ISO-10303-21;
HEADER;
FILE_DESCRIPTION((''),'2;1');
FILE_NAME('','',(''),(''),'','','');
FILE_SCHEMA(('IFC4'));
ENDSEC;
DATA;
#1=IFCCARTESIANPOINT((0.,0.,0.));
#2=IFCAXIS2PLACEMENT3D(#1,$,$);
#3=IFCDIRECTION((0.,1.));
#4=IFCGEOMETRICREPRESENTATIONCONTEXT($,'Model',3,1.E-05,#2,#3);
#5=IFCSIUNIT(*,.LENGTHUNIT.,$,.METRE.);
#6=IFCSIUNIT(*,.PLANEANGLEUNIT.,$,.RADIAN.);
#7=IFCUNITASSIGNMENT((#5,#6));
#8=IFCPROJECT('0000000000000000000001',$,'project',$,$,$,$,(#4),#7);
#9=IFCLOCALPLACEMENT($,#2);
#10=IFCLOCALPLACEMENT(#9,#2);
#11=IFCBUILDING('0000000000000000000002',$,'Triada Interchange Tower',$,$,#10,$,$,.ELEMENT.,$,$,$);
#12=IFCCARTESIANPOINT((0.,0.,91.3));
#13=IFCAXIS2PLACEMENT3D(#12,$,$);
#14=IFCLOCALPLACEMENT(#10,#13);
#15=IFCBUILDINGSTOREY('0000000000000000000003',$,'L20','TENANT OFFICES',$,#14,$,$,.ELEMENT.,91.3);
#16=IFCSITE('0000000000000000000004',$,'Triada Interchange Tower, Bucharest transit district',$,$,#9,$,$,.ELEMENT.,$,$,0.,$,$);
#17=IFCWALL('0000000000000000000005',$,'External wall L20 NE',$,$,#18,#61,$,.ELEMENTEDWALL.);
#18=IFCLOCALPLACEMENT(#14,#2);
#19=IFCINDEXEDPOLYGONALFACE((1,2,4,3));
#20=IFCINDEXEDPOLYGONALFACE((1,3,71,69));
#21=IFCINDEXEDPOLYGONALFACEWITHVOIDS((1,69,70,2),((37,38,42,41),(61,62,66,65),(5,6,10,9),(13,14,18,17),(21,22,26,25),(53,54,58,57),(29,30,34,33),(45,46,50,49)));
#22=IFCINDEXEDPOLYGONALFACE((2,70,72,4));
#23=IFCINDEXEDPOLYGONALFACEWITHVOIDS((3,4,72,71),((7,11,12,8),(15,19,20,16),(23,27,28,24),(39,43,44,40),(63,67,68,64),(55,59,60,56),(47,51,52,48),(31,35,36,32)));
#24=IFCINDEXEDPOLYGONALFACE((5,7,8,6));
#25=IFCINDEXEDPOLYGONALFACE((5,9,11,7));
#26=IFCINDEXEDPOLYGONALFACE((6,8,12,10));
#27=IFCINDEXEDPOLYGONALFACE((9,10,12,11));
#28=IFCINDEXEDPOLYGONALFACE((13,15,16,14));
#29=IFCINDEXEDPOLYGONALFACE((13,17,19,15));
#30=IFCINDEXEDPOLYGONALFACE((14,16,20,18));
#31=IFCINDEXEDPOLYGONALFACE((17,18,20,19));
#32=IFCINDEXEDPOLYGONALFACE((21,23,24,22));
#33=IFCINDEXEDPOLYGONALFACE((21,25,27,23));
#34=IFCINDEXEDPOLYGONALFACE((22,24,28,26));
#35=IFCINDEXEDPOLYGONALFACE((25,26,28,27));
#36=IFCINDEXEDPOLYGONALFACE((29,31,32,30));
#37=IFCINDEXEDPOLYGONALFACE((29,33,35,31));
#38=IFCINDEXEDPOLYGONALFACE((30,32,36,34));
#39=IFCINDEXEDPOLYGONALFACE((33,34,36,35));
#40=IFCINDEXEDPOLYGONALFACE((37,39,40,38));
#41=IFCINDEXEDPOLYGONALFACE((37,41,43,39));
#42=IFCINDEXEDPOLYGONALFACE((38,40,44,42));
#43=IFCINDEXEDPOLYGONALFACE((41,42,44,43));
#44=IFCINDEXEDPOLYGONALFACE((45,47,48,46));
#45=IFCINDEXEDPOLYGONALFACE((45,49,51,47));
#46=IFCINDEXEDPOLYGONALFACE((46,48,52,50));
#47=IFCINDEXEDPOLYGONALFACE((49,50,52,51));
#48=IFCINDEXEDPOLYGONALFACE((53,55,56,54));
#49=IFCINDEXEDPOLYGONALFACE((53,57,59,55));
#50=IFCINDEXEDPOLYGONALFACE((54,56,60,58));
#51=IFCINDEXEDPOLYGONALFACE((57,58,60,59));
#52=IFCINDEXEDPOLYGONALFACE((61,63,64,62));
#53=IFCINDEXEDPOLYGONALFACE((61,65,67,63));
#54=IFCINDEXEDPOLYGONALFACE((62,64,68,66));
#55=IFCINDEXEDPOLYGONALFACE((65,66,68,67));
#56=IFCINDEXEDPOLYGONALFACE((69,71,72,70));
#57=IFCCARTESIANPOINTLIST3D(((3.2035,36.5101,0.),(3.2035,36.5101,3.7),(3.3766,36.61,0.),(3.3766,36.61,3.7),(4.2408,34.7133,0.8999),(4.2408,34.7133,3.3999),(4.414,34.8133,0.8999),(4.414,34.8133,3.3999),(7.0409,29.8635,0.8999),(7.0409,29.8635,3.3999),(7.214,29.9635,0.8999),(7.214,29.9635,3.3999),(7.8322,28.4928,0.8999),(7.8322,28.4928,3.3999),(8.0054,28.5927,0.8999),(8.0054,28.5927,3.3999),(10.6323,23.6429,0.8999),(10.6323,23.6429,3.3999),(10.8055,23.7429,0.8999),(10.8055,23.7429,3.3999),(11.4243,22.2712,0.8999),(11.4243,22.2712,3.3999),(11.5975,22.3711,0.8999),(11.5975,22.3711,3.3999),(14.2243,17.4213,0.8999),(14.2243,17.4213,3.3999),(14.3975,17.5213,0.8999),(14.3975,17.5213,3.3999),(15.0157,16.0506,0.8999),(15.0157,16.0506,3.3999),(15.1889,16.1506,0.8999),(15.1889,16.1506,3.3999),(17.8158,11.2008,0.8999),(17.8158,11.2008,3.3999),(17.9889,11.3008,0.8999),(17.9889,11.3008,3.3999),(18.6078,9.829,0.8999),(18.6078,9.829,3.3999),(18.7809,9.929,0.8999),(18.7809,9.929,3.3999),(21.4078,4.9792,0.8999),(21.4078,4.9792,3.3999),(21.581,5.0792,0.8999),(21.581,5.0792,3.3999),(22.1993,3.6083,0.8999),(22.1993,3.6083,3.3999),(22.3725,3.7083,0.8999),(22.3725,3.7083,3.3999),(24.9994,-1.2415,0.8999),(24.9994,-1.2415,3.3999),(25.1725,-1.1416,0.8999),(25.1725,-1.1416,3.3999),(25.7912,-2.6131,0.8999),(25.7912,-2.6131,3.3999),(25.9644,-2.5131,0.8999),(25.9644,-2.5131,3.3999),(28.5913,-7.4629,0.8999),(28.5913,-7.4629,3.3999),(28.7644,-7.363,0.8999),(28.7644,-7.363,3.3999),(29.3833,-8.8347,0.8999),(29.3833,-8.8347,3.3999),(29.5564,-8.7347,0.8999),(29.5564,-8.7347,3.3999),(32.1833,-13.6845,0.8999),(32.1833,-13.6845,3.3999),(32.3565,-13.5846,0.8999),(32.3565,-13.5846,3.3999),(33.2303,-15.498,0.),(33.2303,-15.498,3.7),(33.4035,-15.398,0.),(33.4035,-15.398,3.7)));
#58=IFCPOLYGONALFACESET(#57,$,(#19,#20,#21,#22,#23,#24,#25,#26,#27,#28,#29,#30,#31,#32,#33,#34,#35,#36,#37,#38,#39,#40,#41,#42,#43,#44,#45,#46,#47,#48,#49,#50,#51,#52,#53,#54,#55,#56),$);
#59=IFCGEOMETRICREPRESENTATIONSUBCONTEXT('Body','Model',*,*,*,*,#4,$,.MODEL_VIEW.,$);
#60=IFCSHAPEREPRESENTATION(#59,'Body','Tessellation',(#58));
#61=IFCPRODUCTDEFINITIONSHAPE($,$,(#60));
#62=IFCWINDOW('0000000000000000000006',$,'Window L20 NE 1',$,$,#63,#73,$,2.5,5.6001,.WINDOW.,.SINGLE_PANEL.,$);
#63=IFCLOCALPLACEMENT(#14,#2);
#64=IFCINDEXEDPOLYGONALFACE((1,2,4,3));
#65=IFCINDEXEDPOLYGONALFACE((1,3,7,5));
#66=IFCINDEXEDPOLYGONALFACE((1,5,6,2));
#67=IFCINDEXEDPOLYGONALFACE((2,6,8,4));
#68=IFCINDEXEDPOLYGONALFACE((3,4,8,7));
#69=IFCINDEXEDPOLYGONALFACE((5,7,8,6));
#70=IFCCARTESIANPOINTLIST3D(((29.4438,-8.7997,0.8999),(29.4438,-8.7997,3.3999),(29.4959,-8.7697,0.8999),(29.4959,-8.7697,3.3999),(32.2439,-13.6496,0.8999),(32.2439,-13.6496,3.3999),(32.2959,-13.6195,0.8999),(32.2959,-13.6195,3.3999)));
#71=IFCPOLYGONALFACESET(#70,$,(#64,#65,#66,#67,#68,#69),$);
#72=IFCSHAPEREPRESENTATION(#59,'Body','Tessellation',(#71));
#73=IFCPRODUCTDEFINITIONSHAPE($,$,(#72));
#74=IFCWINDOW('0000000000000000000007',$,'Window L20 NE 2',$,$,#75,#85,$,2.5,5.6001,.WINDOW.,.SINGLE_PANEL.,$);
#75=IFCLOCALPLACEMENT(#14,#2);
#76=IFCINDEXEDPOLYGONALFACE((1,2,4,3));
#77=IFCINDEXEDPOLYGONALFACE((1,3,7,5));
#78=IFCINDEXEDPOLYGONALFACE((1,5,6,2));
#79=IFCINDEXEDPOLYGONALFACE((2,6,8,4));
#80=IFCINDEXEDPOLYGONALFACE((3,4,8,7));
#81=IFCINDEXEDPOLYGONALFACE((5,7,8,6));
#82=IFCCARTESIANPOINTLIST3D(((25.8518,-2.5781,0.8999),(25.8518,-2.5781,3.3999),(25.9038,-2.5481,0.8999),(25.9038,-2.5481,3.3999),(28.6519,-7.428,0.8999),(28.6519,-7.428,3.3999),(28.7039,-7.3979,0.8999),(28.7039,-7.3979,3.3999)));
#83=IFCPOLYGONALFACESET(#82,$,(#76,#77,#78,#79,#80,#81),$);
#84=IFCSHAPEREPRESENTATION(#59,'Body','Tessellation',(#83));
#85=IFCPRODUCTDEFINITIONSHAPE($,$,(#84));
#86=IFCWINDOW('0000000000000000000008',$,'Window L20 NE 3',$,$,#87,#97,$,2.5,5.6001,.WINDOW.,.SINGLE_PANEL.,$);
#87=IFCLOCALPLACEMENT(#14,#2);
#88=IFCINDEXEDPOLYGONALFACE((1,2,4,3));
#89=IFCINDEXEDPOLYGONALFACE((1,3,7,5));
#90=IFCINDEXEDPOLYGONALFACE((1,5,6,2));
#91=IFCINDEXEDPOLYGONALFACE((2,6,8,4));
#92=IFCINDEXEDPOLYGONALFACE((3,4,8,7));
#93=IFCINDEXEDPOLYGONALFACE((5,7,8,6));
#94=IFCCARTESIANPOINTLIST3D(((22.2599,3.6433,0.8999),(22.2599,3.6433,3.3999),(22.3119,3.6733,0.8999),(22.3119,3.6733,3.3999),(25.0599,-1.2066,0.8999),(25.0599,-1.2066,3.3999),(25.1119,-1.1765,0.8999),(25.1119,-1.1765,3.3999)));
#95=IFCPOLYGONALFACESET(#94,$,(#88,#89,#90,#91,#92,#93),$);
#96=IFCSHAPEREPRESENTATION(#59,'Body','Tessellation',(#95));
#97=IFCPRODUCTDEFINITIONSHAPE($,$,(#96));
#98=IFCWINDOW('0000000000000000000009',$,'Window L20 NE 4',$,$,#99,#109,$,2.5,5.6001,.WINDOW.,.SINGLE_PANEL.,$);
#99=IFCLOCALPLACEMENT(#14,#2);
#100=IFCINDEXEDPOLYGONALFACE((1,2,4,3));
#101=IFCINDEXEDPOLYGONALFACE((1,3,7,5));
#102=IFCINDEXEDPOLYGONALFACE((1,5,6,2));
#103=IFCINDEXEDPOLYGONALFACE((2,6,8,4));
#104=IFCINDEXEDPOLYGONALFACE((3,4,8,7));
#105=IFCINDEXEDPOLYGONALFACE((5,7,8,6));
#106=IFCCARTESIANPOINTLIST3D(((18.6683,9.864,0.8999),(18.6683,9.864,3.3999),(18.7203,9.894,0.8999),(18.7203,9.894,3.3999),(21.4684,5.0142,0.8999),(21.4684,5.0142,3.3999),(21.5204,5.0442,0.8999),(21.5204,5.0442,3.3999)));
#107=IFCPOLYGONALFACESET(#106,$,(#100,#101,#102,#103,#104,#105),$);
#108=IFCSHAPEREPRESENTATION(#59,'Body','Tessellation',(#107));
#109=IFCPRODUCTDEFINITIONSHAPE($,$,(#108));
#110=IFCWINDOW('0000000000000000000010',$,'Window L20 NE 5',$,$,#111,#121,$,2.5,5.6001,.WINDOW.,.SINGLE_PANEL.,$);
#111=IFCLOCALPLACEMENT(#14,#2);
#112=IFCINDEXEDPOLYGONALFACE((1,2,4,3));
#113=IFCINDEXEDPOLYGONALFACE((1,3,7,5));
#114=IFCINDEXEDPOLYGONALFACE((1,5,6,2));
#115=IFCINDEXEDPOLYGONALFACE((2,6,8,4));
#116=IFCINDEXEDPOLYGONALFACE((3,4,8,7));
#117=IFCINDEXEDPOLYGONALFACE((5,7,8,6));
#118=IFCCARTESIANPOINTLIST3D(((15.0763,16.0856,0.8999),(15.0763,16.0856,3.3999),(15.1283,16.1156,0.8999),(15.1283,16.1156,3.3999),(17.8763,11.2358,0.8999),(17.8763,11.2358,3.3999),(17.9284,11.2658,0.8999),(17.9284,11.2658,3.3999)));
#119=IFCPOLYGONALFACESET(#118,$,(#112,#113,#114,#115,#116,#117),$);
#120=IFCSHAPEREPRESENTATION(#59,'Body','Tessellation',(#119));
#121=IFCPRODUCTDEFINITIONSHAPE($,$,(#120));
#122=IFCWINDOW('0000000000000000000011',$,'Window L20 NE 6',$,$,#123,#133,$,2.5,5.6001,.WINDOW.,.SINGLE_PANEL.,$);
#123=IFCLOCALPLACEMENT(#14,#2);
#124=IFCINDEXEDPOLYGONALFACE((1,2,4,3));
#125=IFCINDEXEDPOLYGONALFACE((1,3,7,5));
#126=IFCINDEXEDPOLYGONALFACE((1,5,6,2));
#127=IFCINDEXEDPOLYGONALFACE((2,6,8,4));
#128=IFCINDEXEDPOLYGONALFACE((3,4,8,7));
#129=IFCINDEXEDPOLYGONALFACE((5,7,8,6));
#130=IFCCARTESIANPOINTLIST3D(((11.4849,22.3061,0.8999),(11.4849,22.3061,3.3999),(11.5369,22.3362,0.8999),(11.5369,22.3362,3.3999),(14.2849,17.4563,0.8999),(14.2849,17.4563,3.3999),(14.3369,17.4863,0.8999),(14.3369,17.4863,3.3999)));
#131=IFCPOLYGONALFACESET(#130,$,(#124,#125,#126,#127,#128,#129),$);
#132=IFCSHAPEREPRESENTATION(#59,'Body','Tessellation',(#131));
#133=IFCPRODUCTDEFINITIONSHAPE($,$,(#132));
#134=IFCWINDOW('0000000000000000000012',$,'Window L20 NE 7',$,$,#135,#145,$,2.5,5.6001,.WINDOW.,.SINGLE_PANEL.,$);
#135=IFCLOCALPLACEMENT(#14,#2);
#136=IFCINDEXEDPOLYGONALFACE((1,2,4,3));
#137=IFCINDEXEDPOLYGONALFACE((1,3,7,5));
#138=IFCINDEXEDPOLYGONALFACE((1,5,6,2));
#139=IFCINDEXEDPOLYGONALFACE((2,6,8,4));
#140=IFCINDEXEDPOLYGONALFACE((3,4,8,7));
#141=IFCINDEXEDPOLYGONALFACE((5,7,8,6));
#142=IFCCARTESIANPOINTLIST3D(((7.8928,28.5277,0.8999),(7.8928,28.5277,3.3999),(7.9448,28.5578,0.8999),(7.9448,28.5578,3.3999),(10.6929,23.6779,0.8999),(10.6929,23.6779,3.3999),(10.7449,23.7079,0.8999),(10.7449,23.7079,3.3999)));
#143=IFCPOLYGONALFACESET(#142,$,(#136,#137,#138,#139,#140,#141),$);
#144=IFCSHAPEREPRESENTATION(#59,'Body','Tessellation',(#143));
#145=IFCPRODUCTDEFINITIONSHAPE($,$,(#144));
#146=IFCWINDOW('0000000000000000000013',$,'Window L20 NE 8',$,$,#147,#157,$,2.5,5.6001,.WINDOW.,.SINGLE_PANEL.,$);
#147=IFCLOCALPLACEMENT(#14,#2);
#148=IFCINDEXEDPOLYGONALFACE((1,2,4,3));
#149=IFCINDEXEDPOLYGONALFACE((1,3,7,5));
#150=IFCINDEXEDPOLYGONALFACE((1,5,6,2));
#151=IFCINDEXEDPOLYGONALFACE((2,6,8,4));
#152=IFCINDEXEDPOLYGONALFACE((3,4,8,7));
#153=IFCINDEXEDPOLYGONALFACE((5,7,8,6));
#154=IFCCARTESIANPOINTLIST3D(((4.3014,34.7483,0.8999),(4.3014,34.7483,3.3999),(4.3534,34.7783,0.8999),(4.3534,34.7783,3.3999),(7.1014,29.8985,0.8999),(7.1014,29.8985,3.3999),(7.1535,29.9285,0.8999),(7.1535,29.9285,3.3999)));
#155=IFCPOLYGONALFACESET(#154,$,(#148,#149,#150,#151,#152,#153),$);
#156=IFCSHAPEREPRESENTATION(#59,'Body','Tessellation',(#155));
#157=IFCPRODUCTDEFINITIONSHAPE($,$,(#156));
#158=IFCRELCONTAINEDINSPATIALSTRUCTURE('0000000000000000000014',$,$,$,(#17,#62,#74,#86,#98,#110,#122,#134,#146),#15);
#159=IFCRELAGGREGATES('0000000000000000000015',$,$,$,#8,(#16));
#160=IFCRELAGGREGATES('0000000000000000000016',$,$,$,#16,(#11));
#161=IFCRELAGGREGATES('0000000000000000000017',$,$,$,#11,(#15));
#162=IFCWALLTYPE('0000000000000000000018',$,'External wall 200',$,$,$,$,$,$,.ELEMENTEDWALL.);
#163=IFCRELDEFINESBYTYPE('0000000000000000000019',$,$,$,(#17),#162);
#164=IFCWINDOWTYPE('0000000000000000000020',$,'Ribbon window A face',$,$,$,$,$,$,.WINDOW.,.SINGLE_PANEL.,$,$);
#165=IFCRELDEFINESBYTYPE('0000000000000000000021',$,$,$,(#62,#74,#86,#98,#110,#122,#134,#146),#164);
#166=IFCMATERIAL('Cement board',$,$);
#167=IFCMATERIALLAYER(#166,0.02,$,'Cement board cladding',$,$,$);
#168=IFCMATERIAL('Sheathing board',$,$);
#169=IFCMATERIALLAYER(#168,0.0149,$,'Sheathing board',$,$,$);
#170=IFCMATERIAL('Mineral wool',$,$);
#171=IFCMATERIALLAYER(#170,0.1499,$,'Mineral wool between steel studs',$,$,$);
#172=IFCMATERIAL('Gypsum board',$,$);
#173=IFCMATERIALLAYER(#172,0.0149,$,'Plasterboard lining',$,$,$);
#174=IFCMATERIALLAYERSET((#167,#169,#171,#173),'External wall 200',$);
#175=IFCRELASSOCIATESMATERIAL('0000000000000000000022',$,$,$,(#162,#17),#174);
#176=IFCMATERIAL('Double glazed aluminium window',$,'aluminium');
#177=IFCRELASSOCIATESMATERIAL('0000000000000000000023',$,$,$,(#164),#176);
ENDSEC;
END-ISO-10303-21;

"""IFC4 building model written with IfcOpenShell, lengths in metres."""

from ifc_helpers import new_model, si_unit, direction, frame, frame_2d, origin, place, context, subcontext, project, spatial, rectangle, extrude, material, layer, layer_set, layer_usage, type_object, element, fill, save


model = new_model("IFC4")

# Units and contexts
model_context = context("Model", 3, precision=1e-05, world=origin(), true_north=direction((0.0, 1.0)))
body_context = subcontext(model_context, "Body", "Model", "MODEL_VIEW")
ifc_project = project(units=[si_unit("LENGTHUNIT", "METRE"), si_unit("PLANEANGLEUNIT", "RADIAN")], contexts=[model_context])

# Site, building, storey
site_placement = place(None, origin())
site = spatial("IfcSite", under=ifc_project, at=site_placement, Name="Triada Interchange Tower, Bucharest transit district", CompositionType="ELEMENT", RefElevation=0.0)
building_placement = place(site_placement, origin())
building = spatial("IfcBuilding", under=site, at=building_placement, Name="Triada Interchange Tower", CompositionType="ELEMENT")
storey_placement = place(building_placement, frame((0.0, 0.0, 91.3)))
storey = spatial("IfcBuildingStorey", under=building, at=storey_placement, Name="L20", Description="TENANT OFFICES", CompositionType="ELEMENT", Elevation=91.3)

# Shared definitions
ifc_material_1 = material(Name="Cement board")
ifc_layer_1 = layer(ifc_material_1, 0.02, Name="Cement board cladding")
ifc_material_2 = material(Name="Sheathing board")
ifc_layer_2 = layer(ifc_material_2, 0.0149, Name="Sheathing board")
ifc_material_3 = material(Name="Mineral wool")
ifc_layer_3 = layer(ifc_material_3, 0.1499, Name="Mineral wool between steel studs")
ifc_material_4 = material(Name="Gypsum board")
ifc_layer_4 = layer(ifc_material_4, 0.0149, Name="Plasterboard lining")
ifc_layer_set_1 = layer_set([ifc_layer_1, ifc_layer_2, ifc_layer_3, ifc_layer_4], Name="External wall 200")
ifc_layer_usage = layer_usage(ifc_layer_set_1, "AXIS2", "POSITIVE", -0.1001)
wall_type = type_object("IfcWallType", Name="External wall 200", PredefinedType="ELEMENTEDWALL", material=ifc_layer_set_1)
ifc_material_5 = material(Name="Double glazed aluminium window", Category="aluminium")

# Wall, openings, windows
wall_1_placement = place(storey_placement, frame((33.3169, -15.448, 0.0), z_axis=(0.0, 0.0, 1.0), x_axis=(-0.5, 0.866025, 0.0)))
wall_1 = element("IfcWall", 1, at=wall_1_placement, inside=storey, type_object=wall_type, material=ifc_layer_usage, Name="External wall L20 NE", PredefinedType="ELEMENTEDWALL", context=body_context, shape_type="SweptSolid", body=[
    extrude(rectangle(XDim=60.0537, YDim=0.2, at=frame_2d((30.0269, 0.0))), origin(), (0.0, 0.0, 1.0), 3.7),
])
opening_1_placement = place(wall_1_placement, frame((2.094, 0.0, 0.8999)))
opening_1 = element("IfcOpeningElement", 2, at=opening_1_placement, cuts=wall_1, PredefinedType="OPENING", context=body_context, shape_type="SweptSolid", body=[
    extrude(rectangle(XDim=5.6001, YDim=2.5, at=frame_2d((2.8, 1.25))), frame((0.0, 0.1099, 0.0), z_axis=(0.0, -1.0, 0.0), x_axis=(1.0, 0.0, 0.0)), (0.0, 0.0, 1.0), 0.22),
])
opening_2_placement = place(wall_1_placement, frame((9.2781, 0.0, 0.8999)))
opening_2 = element("IfcOpeningElement", 3, at=opening_2_placement, cuts=wall_1, PredefinedType="OPENING", context=body_context, shape_type="SweptSolid", body=[
    extrude(rectangle(XDim=5.6001, YDim=2.5, at=frame_2d((2.8, 1.25))), frame((0.0, 0.1099, 0.0), z_axis=(0.0, -1.0, 0.0), x_axis=(1.0, 0.0, 0.0)), (0.0, 0.0, 1.0), 0.22),
])
opening_3_placement = place(wall_1_placement, frame((16.4619, 0.0, 0.8999)))
opening_3 = element("IfcOpeningElement", 4, at=opening_3_placement, cuts=wall_1, PredefinedType="OPENING", context=body_context, shape_type="SweptSolid", body=[
    extrude(rectangle(XDim=5.6001, YDim=2.5, at=frame_2d((2.8, 1.25))), frame((0.0, 0.1099, 0.0), z_axis=(0.0, -1.0, 0.0), x_axis=(1.0, 0.0, 0.0)), (0.0, 0.0, 1.0), 0.22),
])
opening_4_placement = place(wall_1_placement, frame((23.645, 0.0, 0.8999)))
opening_4 = element("IfcOpeningElement", 5, at=opening_4_placement, cuts=wall_1, PredefinedType="OPENING", context=body_context, shape_type="SweptSolid", body=[
    extrude(rectangle(XDim=5.6001, YDim=2.5, at=frame_2d((2.8, 1.25))), frame((0.0, 0.1099, 0.0), z_axis=(0.0, -1.0, 0.0), x_axis=(1.0, 0.0, 0.0)), (0.0, 0.0, 1.0), 0.22),
])
opening_5_placement = place(wall_1_placement, frame((30.8291, 0.0, 0.8999)))
opening_5 = element("IfcOpeningElement", 6, at=opening_5_placement, cuts=wall_1, PredefinedType="OPENING", context=body_context, shape_type="SweptSolid", body=[
    extrude(rectangle(XDim=5.6001, YDim=2.5, at=frame_2d((2.8, 1.25))), frame((0.0, 0.1099, 0.0), z_axis=(0.0, -1.0, 0.0), x_axis=(1.0, 0.0, 0.0)), (0.0, 0.0, 1.0), 0.22),
])
opening_6_placement = place(wall_1_placement, frame((38.012, 0.0, 0.8999)))
opening_6 = element("IfcOpeningElement", 7, at=opening_6_placement, cuts=wall_1, PredefinedType="OPENING", context=body_context, shape_type="SweptSolid", body=[
    extrude(rectangle(XDim=5.6001, YDim=2.5, at=frame_2d((2.8, 1.25))), frame((0.0, 0.1099, 0.0), z_axis=(0.0, -1.0, 0.0), x_axis=(1.0, 0.0, 0.0)), (0.0, 0.0, 1.0), 0.22),
])
opening_7_placement = place(wall_1_placement, frame((45.196, 0.0, 0.8999)))
opening_7 = element("IfcOpeningElement", 8, at=opening_7_placement, cuts=wall_1, PredefinedType="OPENING", context=body_context, shape_type="SweptSolid", body=[
    extrude(rectangle(XDim=5.6001, YDim=2.5, at=frame_2d((2.8, 1.25))), frame((0.0, 0.1099, 0.0), z_axis=(0.0, -1.0, 0.0), x_axis=(1.0, 0.0, 0.0)), (0.0, 0.0, 1.0), 0.22),
])
opening_8_placement = place(wall_1_placement, frame((52.3789, 0.0, 0.8999)))
opening_8 = element("IfcOpeningElement", 9, at=opening_8_placement, cuts=wall_1, PredefinedType="OPENING", context=body_context, shape_type="SweptSolid", body=[
    extrude(rectangle(XDim=5.6001, YDim=2.5, at=frame_2d((2.8, 1.25))), frame((0.0, 0.1099, 0.0), z_axis=(0.0, -1.0, 0.0), x_axis=(1.0, 0.0, 0.0)), (0.0, 0.0, 1.0), 0.22),
])
window_type_1 = type_object("IfcWindowType", Name="Ribbon window A face", PartitioningType="SINGLE_PANEL", PredefinedType="WINDOW", material=ifc_material_5)
window_1_placement = place(opening_1_placement, origin())
window_1 = element("IfcWindow", 10, at=window_1_placement, inside=storey, type_object=window_type_1, Name="Window L20 NE 1", OverallHeight=2.5, OverallWidth=5.6001, PartitioningType="SINGLE_PANEL", PredefinedType="WINDOW", context=body_context, shape_type="SweptSolid", body=[
    extrude(rectangle(XDim=5.6001, YDim=2.5, at=frame_2d((2.8, 1.25))), frame((0.0, 0.03, 0.0), z_axis=(0.0, -1.0, 0.0), x_axis=(1.0, 0.0, 0.0)), (0.0, 0.0, 1.0), 0.0601),
])
fill(opening_1, window_1)
window_2_placement = place(opening_2_placement, origin())
window_2 = element("IfcWindow", 11, at=window_2_placement, inside=storey, type_object=window_type_1, Name="Window L20 NE 2", OverallHeight=2.5, OverallWidth=5.6001, PartitioningType="SINGLE_PANEL", PredefinedType="WINDOW", context=body_context, shape_type="SweptSolid", body=[
    extrude(rectangle(XDim=5.6001, YDim=2.5, at=frame_2d((2.8, 1.25))), frame((0.0, 0.03, 0.0), z_axis=(0.0, -1.0, 0.0), x_axis=(1.0, 0.0, 0.0)), (0.0, 0.0, 1.0), 0.0601),
])
fill(opening_2, window_2)
window_3_placement = place(opening_3_placement, origin())
window_3 = element("IfcWindow", 12, at=window_3_placement, inside=storey, type_object=window_type_1, Name="Window L20 NE 3", OverallHeight=2.5, OverallWidth=5.6001, PartitioningType="SINGLE_PANEL", PredefinedType="WINDOW", context=body_context, shape_type="SweptSolid", body=[
    extrude(rectangle(XDim=5.6001, YDim=2.5, at=frame_2d((2.8, 1.25))), frame((0.0, 0.03, 0.0), z_axis=(0.0, -1.0, 0.0), x_axis=(1.0, 0.0, 0.0)), (0.0, 0.0, 1.0), 0.0601),
])
fill(opening_3, window_3)
window_4_placement = place(opening_4_placement, origin())
window_4 = element("IfcWindow", 13, at=window_4_placement, inside=storey, type_object=window_type_1, Name="Window L20 NE 4", OverallHeight=2.5, OverallWidth=5.6001, PartitioningType="SINGLE_PANEL", PredefinedType="WINDOW", context=body_context, shape_type="SweptSolid", body=[
    extrude(rectangle(XDim=5.6001, YDim=2.5, at=frame_2d((2.8, 1.25))), frame((0.0, 0.03, 0.0), z_axis=(0.0, -1.0, 0.0), x_axis=(1.0, 0.0, 0.0)), (0.0, 0.0, 1.0), 0.0601),
])
fill(opening_4, window_4)
window_5_placement = place(opening_5_placement, origin())
window_5 = element("IfcWindow", 14, at=window_5_placement, inside=storey, type_object=window_type_1, Name="Window L20 NE 5", OverallHeight=2.5, OverallWidth=5.6001, PartitioningType="SINGLE_PANEL", PredefinedType="WINDOW", context=body_context, shape_type="SweptSolid", body=[
    extrude(rectangle(XDim=5.6001, YDim=2.5, at=frame_2d((2.8, 1.25))), frame((0.0, 0.03, 0.0), z_axis=(0.0, -1.0, 0.0), x_axis=(1.0, 0.0, 0.0)), (0.0, 0.0, 1.0), 0.0601),
])
fill(opening_5, window_5)
window_6_placement = place(opening_6_placement, origin())
window_6 = element("IfcWindow", 15, at=window_6_placement, inside=storey, type_object=window_type_1, Name="Window L20 NE 6", OverallHeight=2.5, OverallWidth=5.6001, PartitioningType="SINGLE_PANEL", PredefinedType="WINDOW", context=body_context, shape_type="SweptSolid", body=[
    extrude(rectangle(XDim=5.6001, YDim=2.5, at=frame_2d((2.8, 1.25))), frame((0.0, 0.03, 0.0), z_axis=(0.0, -1.0, 0.0), x_axis=(1.0, 0.0, 0.0)), (0.0, 0.0, 1.0), 0.0601),
])
fill(opening_6, window_6)
window_7_placement = place(opening_7_placement, origin())
window_7 = element("IfcWindow", 16, at=window_7_placement, inside=storey, type_object=window_type_1, Name="Window L20 NE 7", OverallHeight=2.5, OverallWidth=5.6001, PartitioningType="SINGLE_PANEL", PredefinedType="WINDOW", context=body_context, shape_type="SweptSolid", body=[
    extrude(rectangle(XDim=5.6001, YDim=2.5, at=frame_2d((2.8, 1.25))), frame((0.0, 0.03, 0.0), z_axis=(0.0, -1.0, 0.0), x_axis=(1.0, 0.0, 0.0)), (0.0, 0.0, 1.0), 0.0601),
])
fill(opening_7, window_7)
window_8_placement = place(opening_8_placement, origin())
window_8 = element("IfcWindow", 17, at=window_8_placement, inside=storey, type_object=window_type_1, Name="Window L20 NE 8", OverallHeight=2.5, OverallWidth=5.6001, PartitioningType="SINGLE_PANEL", PredefinedType="WINDOW", context=body_context, shape_type="SweptSolid", body=[
    extrude(rectangle(XDim=5.6001, YDim=2.5, at=frame_2d((2.8, 1.25))), frame((0.0, 0.03, 0.0), z_axis=(0.0, -1.0, 0.0), x_axis=(1.0, 0.0, 0.0)), (0.0, 0.0, 1.0), 0.0601),
])
fill(opening_8, window_8)

save(model, "model.ifc")
